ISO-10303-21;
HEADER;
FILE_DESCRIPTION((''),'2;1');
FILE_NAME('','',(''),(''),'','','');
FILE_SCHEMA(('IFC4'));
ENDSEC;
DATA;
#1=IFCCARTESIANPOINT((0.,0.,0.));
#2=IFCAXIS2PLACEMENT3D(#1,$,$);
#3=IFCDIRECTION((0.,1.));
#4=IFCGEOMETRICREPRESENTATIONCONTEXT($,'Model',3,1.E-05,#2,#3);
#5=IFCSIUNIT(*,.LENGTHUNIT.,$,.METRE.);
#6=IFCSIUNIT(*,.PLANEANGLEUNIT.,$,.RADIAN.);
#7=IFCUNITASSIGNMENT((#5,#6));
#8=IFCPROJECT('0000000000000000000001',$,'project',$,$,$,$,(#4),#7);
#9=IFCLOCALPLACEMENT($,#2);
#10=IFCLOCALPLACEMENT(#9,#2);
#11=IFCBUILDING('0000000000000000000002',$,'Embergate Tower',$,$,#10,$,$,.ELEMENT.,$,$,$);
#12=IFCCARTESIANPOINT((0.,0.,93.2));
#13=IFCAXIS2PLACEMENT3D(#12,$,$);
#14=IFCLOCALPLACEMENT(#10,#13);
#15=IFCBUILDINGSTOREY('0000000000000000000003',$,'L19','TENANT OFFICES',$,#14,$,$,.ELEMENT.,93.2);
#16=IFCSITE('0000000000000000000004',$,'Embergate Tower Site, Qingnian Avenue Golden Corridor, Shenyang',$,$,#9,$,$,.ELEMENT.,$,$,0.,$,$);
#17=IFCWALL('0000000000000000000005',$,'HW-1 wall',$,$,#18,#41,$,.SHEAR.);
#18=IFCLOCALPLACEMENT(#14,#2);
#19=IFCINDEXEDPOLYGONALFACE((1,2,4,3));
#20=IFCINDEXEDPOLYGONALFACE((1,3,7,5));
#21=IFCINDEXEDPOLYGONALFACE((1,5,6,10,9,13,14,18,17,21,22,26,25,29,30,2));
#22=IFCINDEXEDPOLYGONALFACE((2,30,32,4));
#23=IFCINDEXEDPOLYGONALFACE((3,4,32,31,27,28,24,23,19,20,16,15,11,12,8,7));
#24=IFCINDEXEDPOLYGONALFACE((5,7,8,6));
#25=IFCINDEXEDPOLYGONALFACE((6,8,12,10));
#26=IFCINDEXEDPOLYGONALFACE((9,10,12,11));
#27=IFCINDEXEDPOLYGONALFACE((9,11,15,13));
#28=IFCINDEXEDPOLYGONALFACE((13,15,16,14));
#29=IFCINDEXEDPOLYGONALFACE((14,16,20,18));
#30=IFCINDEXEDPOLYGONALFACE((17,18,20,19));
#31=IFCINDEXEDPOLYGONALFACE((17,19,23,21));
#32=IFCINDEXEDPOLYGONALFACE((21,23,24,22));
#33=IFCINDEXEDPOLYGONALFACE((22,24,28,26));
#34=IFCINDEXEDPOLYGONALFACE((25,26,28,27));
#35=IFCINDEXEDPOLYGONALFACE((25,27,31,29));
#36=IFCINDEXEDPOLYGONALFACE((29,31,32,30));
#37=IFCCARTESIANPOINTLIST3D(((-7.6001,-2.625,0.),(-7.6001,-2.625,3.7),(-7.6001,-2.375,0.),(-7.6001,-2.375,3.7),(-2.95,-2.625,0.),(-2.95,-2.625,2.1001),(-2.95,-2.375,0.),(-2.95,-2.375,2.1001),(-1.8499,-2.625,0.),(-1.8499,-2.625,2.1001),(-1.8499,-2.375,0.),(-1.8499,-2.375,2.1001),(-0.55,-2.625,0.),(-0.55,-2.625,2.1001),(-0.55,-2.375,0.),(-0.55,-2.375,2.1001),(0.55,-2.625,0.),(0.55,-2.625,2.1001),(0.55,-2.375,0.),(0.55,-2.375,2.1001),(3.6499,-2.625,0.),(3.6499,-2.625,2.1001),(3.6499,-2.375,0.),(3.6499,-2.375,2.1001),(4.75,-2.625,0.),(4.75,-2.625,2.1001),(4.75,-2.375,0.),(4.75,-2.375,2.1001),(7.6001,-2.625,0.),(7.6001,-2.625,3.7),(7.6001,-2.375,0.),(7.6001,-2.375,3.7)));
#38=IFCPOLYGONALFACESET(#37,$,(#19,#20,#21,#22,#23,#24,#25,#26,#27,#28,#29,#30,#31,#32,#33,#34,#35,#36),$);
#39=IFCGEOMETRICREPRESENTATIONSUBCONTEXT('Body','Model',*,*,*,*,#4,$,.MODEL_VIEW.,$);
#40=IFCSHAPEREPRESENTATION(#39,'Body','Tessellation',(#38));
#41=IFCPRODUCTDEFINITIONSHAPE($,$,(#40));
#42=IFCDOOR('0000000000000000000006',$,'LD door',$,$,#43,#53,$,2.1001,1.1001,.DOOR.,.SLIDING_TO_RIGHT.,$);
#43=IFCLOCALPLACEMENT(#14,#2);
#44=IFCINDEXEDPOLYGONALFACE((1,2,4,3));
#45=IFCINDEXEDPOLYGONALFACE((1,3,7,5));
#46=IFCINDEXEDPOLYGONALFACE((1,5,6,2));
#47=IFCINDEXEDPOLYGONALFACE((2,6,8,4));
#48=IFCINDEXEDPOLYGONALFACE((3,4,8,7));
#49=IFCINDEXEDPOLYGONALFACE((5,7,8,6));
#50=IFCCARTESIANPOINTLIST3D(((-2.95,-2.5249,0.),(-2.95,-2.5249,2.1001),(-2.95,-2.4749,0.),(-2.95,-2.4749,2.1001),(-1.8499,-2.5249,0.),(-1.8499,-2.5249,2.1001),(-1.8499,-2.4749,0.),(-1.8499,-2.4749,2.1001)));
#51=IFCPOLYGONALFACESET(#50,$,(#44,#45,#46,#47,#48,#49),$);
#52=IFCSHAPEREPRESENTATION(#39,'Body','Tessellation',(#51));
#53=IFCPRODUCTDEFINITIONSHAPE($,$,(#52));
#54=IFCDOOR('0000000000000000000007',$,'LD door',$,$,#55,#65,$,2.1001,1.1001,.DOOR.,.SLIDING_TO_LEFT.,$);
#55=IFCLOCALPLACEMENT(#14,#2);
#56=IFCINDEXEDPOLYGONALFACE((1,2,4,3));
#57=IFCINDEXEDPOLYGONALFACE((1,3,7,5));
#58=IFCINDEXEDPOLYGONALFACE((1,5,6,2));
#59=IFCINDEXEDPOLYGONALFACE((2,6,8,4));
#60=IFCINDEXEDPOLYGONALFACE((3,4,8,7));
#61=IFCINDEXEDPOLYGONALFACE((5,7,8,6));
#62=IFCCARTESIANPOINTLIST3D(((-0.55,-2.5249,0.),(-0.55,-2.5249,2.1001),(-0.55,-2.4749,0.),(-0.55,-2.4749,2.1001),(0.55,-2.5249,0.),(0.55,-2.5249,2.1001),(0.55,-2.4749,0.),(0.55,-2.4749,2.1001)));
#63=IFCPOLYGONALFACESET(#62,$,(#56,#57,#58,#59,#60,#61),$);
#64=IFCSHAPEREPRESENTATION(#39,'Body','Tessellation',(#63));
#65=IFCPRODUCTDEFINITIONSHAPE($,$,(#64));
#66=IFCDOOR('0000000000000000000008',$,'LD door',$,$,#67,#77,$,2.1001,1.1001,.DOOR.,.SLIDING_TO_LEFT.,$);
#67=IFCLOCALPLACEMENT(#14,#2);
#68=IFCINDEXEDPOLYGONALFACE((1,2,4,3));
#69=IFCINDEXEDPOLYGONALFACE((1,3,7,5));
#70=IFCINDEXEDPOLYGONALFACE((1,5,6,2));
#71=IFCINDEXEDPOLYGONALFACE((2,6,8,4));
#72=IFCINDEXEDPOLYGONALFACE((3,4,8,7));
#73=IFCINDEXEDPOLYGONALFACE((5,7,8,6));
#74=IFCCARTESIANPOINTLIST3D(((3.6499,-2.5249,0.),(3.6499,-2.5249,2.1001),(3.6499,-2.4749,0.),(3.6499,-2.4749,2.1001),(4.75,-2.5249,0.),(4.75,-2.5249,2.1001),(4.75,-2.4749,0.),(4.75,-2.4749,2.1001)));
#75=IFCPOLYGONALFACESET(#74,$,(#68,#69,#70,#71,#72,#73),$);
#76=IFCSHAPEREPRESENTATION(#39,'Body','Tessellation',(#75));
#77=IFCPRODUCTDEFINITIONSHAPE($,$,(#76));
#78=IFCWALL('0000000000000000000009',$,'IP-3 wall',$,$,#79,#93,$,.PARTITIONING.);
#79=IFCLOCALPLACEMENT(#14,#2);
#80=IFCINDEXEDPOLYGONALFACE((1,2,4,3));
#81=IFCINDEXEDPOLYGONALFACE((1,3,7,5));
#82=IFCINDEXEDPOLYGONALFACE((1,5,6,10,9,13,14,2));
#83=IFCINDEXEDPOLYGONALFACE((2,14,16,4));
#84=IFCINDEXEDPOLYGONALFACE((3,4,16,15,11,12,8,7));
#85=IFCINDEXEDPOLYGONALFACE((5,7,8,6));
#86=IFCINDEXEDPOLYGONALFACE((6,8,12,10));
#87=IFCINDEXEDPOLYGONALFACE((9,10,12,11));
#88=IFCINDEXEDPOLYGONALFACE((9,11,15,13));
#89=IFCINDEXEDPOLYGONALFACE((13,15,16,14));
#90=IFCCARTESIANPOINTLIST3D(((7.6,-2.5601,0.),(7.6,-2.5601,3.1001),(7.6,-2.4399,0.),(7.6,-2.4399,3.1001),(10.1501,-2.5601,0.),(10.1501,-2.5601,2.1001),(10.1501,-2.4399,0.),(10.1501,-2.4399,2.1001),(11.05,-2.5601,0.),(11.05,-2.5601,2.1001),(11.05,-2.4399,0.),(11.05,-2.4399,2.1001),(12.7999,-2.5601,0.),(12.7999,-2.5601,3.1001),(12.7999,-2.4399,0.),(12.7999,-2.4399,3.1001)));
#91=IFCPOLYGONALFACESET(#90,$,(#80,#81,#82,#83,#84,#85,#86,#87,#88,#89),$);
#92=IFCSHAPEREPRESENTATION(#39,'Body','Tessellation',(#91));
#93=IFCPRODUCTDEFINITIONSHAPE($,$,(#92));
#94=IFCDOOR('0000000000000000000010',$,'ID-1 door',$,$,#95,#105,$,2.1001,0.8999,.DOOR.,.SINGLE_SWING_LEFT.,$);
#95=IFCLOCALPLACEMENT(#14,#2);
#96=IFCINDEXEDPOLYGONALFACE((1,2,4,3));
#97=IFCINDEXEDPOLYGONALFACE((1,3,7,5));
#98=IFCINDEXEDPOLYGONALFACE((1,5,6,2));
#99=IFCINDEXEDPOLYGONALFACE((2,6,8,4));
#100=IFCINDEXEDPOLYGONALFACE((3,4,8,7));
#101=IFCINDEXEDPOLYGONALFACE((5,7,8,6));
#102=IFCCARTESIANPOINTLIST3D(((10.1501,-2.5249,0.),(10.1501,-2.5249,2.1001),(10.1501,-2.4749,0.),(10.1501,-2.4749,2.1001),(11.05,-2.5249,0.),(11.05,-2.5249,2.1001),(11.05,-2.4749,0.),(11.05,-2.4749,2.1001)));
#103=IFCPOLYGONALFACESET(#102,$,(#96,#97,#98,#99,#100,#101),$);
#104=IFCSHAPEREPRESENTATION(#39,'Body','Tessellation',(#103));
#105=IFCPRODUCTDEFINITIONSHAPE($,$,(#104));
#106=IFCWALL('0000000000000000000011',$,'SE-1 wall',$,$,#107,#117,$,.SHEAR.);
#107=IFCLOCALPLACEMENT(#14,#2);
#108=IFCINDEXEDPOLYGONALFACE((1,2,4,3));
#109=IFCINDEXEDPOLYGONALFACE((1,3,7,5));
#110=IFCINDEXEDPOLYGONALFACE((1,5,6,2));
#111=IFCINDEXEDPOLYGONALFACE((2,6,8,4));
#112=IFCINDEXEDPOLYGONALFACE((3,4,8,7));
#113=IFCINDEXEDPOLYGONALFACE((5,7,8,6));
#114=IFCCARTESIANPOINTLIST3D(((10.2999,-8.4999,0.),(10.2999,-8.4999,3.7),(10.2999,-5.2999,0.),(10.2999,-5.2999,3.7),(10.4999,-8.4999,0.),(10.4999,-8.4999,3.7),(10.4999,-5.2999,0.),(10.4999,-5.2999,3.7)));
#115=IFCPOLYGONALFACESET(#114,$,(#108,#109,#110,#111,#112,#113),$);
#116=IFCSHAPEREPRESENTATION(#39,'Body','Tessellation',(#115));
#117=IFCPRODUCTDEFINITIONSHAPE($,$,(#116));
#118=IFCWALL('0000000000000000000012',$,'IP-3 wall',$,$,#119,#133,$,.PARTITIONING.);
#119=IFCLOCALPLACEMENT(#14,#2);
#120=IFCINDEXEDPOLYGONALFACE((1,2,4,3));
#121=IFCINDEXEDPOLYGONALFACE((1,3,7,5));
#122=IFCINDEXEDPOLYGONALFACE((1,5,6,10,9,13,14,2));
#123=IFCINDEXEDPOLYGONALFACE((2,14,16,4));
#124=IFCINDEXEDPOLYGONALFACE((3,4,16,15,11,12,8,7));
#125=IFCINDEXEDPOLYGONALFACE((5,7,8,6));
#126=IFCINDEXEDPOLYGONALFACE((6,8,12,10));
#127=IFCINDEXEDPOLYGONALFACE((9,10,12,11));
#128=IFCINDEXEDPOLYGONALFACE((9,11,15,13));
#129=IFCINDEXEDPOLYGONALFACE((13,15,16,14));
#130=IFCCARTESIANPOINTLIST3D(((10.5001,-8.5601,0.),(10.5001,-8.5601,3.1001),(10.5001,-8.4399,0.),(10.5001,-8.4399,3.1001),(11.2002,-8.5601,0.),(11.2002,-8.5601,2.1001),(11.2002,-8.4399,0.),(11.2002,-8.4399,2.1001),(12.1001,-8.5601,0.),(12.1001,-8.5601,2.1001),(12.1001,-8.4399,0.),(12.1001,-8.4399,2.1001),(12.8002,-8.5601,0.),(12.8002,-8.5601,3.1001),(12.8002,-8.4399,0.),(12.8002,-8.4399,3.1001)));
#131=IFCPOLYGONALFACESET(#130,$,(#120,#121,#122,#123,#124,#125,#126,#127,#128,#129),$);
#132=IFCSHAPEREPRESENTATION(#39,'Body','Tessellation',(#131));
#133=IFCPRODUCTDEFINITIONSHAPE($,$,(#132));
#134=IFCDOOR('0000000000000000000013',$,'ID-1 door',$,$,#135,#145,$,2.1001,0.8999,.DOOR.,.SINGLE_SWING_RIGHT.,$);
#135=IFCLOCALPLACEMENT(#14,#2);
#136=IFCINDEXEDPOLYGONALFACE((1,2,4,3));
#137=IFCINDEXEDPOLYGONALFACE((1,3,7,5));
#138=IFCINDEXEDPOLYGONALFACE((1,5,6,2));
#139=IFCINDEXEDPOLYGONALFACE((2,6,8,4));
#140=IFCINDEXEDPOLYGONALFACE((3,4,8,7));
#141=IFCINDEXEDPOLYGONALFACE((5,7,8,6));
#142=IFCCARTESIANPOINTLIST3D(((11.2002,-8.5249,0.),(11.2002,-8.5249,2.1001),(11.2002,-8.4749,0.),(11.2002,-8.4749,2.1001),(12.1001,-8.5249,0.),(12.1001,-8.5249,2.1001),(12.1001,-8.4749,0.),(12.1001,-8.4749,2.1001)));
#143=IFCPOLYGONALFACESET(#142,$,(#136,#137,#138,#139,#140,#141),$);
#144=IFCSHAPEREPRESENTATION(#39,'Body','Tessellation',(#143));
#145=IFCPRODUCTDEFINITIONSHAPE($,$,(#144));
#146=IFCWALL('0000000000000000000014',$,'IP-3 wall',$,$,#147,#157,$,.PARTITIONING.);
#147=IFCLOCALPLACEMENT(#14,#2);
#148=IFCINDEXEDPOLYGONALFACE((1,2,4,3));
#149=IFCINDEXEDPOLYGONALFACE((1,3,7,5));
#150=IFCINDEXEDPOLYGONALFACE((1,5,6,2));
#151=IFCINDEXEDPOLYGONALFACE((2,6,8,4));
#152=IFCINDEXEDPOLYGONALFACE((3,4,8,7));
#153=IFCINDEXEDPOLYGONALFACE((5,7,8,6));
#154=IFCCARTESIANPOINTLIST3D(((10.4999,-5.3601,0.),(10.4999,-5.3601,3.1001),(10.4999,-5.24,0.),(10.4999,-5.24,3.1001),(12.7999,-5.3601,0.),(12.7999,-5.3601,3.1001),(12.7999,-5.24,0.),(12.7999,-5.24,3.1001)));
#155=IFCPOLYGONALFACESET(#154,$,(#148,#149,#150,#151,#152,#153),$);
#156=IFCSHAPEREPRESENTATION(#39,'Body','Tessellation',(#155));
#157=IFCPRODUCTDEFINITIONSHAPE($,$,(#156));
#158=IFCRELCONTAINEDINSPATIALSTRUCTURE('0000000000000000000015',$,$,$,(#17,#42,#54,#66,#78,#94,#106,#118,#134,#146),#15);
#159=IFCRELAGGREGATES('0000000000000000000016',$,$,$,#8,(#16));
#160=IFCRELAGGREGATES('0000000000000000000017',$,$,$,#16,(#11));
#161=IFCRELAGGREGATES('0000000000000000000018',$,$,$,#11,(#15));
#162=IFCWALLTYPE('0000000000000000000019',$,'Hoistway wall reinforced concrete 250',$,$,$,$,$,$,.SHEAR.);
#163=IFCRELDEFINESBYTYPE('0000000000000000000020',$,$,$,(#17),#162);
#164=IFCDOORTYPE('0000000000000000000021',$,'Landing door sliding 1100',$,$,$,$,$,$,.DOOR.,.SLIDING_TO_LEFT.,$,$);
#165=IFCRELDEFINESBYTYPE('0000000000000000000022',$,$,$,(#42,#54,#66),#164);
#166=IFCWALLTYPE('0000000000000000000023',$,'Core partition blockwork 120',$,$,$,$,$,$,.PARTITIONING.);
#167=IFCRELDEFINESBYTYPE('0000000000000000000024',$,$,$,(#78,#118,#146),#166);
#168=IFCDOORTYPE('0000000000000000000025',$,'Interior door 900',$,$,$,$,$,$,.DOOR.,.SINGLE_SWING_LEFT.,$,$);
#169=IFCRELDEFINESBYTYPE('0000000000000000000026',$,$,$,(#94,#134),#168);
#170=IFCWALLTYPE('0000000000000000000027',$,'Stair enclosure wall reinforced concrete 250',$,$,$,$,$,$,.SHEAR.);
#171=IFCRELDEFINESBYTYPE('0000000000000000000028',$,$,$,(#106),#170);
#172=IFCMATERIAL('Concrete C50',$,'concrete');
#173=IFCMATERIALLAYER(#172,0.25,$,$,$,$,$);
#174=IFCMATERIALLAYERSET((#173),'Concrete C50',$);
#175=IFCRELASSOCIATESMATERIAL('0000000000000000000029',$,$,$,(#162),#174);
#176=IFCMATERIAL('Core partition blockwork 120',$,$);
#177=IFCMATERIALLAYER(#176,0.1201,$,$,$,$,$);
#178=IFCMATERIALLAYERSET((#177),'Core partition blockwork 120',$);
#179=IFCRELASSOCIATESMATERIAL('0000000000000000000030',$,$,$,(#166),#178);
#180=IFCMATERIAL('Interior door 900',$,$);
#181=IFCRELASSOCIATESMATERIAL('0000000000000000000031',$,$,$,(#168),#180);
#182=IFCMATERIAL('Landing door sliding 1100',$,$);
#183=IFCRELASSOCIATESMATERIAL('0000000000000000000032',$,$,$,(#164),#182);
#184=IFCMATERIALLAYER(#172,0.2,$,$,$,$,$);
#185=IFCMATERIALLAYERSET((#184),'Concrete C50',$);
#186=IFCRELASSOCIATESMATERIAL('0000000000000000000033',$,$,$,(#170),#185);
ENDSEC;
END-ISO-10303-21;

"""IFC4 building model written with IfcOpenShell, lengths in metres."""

from ifc_helpers import new_model, si_unit, direction, frame, frame_2d, origin, place, context, subcontext, project, spatial, rectangle, extrude, source, transform, mapped, material, layer, layer_set, type_object, element, fill, save


model = new_model("IFC4")

# Units and contexts
model_context = context("Model", 3, precision=1e-05, world=origin(), true_north=direction((0.0, 1.0)))
body_context = subcontext(model_context, "Body", "Model", "MODEL_VIEW")
ifc_project = project(units=[si_unit("LENGTHUNIT", "METRE"), si_unit("PLANEANGLEUNIT", "RADIAN")], contexts=[model_context])

# Site, building, storey
site_placement = place(None, origin())
site = spatial("IfcSite", under=ifc_project, at=site_placement, Name="Embergate Tower Site, Qingnian Avenue Golden Corridor, Shenyang", CompositionType="ELEMENT", RefElevation=0.0)
building_placement = place(site_placement, origin())
building = spatial("IfcBuilding", under=site, at=building_placement, Name="Embergate Tower", CompositionType="ELEMENT")
storey_placement = place(building_placement, frame((0.0, 0.0, 93.2)))
storey = spatial("IfcBuildingStorey", under=building, at=storey_placement, Name="L19", Description="TENANT OFFICES", CompositionType="ELEMENT", Elevation=93.2)

# Shared definitions
ifc_material_1 = material(Name="Concrete C50", Category="concrete")
ifc_layer_1 = layer(ifc_material_1, 0.25)
ifc_layer_set_1 = layer_set([ifc_layer_1], Name="Concrete C50")
wall_type_1 = type_object("IfcWallType", Name="Hoistway wall reinforced concrete 250", PredefinedType="SHEAR", material=ifc_layer_set_1)

# Shared definitions
ifc_material_2 = material(Name="Core partition blockwork 120")
ifc_layer_2 = layer(ifc_material_2, 0.1201)
ifc_layer_set_2 = layer_set([ifc_layer_2], Name="Core partition blockwork 120")
wall_type_2 = type_object("IfcWallType", Name="Core partition blockwork 120", PredefinedType="PARTITIONING", material=ifc_layer_set_2)
shared_shape_1 = source(origin(), body_context, "Body", "SweptSolid", [
    extrude(rectangle(XDim=0.8999, YDim=2.1001, at=frame_2d((0.45, 1.05))), frame((0.0, 0.0701, 0.0), z_axis=(0.0, -1.0, 0.0), x_axis=(1.0, 0.0, 0.0)), (0.0, 0.0, 1.0), 0.1401),
])
ifc_material_3 = material(Name="Interior door 900")
door_type_1 = type_object("IfcDoorType", Name="Interior door 900", OperationType="SINGLE_SWING_LEFT", PredefinedType="DOOR", material=ifc_material_3)
shared_shape_2 = source(origin(), body_context, "Body", "SweptSolid", [
    extrude(rectangle(XDim=0.8999, YDim=2.1001, at=frame_2d((0.45, 1.05))), frame((0.0, 0.0249, 0.0), z_axis=(0.0, -1.0, 0.0), x_axis=(1.0, 0.0, 0.0)), (0.0, 0.0, 1.0), 0.05),
])

# Wall, openings, doors
shared_shape_3 = source(origin(), body_context, "Body", "SweptSolid", [
    extrude(rectangle(XDim=15.2002, YDim=0.25, at=frame_2d((7.6001, 0.0))), origin(), (0.0, 0.0, 1.0), 3.7),
])
wall_1_placement = place(storey_placement, frame((7.6001, -2.5, 0.0), z_axis=(0.0, 0.0, 1.0), x_axis=(-1.0, 0.0, 0.0)))
wall_1 = element("IfcWall", 1, at=wall_1_placement, inside=storey, type_object=wall_type_1, Name="HW-1 wall", PredefinedType="SHEAR", context=body_context, shape_type="MappedRepresentation", body=[
    mapped(shared_shape_3, transform((0.0, 0.0, 0.0))),
])
shared_shape_4 = source(origin(), body_context, "Body", "SweptSolid", [
    extrude(rectangle(XDim=1.1001, YDim=2.1001, at=frame_2d((0.55, 1.05))), frame((0.0, 0.135, 0.0), z_axis=(0.0, -1.0, 0.0), x_axis=(1.0, 0.0, 0.0)), (0.0, 0.0, 1.0), 0.27),
])
opening_1_placement = place(wall_1_placement, frame((9.45, 0.0, 0.0)))
opening_1 = element("IfcOpeningElement", 2, at=opening_1_placement, cuts=wall_1, PredefinedType="OPENING", context=body_context, shape_type="MappedRepresentation", body=[
    mapped(shared_shape_4, transform((0.0, 0.0, 0.0))),
])
opening_2_placement = place(wall_1_placement, frame((7.05, 0.0, 0.0)))
opening_2 = element("IfcOpeningElement", 3, at=opening_2_placement, cuts=wall_1, PredefinedType="OPENING", context=body_context, shape_type="MappedRepresentation", body=[
    mapped(shared_shape_4, transform((0.0, 0.0, 0.0))),
])
opening_3_placement = place(wall_1_placement, frame((2.8501, 0.0, 0.0)))
opening_3 = element("IfcOpeningElement", 4, at=opening_3_placement, cuts=wall_1, PredefinedType="OPENING", context=body_context, shape_type="MappedRepresentation", body=[
    mapped(shared_shape_4, transform((0.0, 0.0, 0.0))),
])
ifc_material_4 = material(Name="Landing door sliding 1100")
door_type_2 = type_object("IfcDoorType", Name="Landing door sliding 1100", OperationType="SLIDING_TO_LEFT", PredefinedType="DOOR", material=ifc_material_4)
shared_shape_5 = source(origin(), body_context, "Body", "SweptSolid", [
    extrude(rectangle(XDim=1.1001, YDim=2.1001, at=frame_2d((0.55, 1.05))), frame((0.0, 0.0249, 0.0), z_axis=(0.0, -1.0, 0.0), x_axis=(1.0, 0.0, 0.0)), (0.0, 0.0, 1.0), 0.05),
])
door_1_placement = place(opening_1_placement, origin())
door_1 = element("IfcDoor", 5, at=door_1_placement, inside=storey, type_object=door_type_2, Name="LD door", OperationType="SLIDING_TO_RIGHT", OverallHeight=2.1001, OverallWidth=1.1001, PredefinedType="DOOR", context=body_context, shape_type="MappedRepresentation", body=[
    mapped(shared_shape_5, transform((0.0, 0.0, 0.0))),
])
fill(opening_1, door_1)
door_2_placement = place(opening_2_placement, origin())
door_2 = element("IfcDoor", 6, at=door_2_placement, inside=storey, type_object=door_type_2, Name="LD door", OperationType="SLIDING_TO_LEFT", OverallHeight=2.1001, OverallWidth=1.1001, PredefinedType="DOOR", context=body_context, shape_type="MappedRepresentation", body=[
    mapped(shared_shape_5, transform((0.0, 0.0, 0.0))),
])
fill(opening_2, door_2)
door_3_placement = place(opening_3_placement, origin())
door_3 = element("IfcDoor", 7, at=door_3_placement, inside=storey, type_object=door_type_2, Name="LD door", OperationType="SLIDING_TO_LEFT", OverallHeight=2.1001, OverallWidth=1.1001, PredefinedType="DOOR", context=body_context, shape_type="MappedRepresentation", body=[
    mapped(shared_shape_5, transform((0.0, 0.0, 0.0))),
])
fill(opening_3, door_3)

# Wall, opening, door
shared_shape_6 = source(origin(), body_context, "Body", "SweptSolid", [
    extrude(rectangle(XDim=5.2, YDim=0.1201, at=frame_2d((2.6001, 0.0))), origin(), (0.0, 0.0, 1.0), 3.1001),
])
wall_2_placement = place(storey_placement, frame((12.8, -2.5, 0.0), z_axis=(0.0, 0.0, 1.0), x_axis=(-1.0, 0.0, 0.0)))
wall_2 = element("IfcWall", 8, at=wall_2_placement, inside=storey, type_object=wall_type_2, Name="IP-3 wall", PredefinedType="PARTITIONING", context=body_context, shape_type="MappedRepresentation", body=[
    mapped(shared_shape_6, transform((0.0, 0.0, 0.0))),
])
opening_4_placement = place(wall_2_placement, frame((1.75, 0.0, 0.0)))
opening_4 = element("IfcOpeningElement", 9, at=opening_4_placement, cuts=wall_2, PredefinedType="OPENING", context=body_context, shape_type="MappedRepresentation", body=[
    mapped(shared_shape_1, transform((0.0, 0.0, 0.0))),
])
door_4_placement = place(opening_4_placement, origin())
door_4 = element("IfcDoor", 10, at=door_4_placement, inside=storey, type_object=door_type_1, Name="ID-1 door", OperationType="SINGLE_SWING_LEFT", OverallHeight=2.1001, OverallWidth=0.8999, PredefinedType="DOOR", context=body_context, shape_type="MappedRepresentation", body=[
    mapped(shared_shape_2, transform((0.0, 0.0, 0.0))),
])
fill(opening_4, door_4)

# Wall
ifc_layer_3 = layer(ifc_material_1, 0.2)
ifc_layer_set_3 = layer_set([ifc_layer_3], Name="Concrete C50")
wall_type_3 = type_object("IfcWallType", Name="Stair enclosure wall reinforced concrete 250", PredefinedType="SHEAR", material=ifc_layer_set_3)
shared_shape_7 = source(origin(), body_context, "Body", "SweptSolid", [
    extrude(rectangle(XDim=3.2, YDim=0.2, at=frame_2d((1.6001, 0.0))), origin(), (0.0, 0.0, 1.0), 3.7),
])
wall_3_placement = place(storey_placement, frame((10.3999, -8.5, 0.0), z_axis=(0.0, 0.0, 1.0), x_axis=(0.0, 1.0, 0.0)))
element("IfcWall", 11, at=wall_3_placement, inside=storey, type_object=wall_type_3, Name="SE-1 wall", PredefinedType="SHEAR", context=body_context, shape_type="MappedRepresentation", body=[
    mapped(shared_shape_7, transform((0.0, 0.0, 0.0))),
])

# Wall, opening, door
shared_shape_8 = source(origin(), body_context, "Body", "SweptSolid", [
    extrude(rectangle(XDim=2.3, YDim=0.1201, at=frame_2d((1.1499, 0.0))), origin(), (0.0, 0.0, 1.0), 3.1001),
])
wall_4_placement = place(storey_placement, frame((12.8, -8.5, 0.0), z_axis=(0.0, 0.0, 1.0), x_axis=(-1.0, 0.0, 0.0)))
wall_4 = element("IfcWall", 12, at=wall_4_placement, inside=storey, type_object=wall_type_2, Name="IP-3 wall", PredefinedType="PARTITIONING", context=body_context, shape_type="MappedRepresentation", body=[
    mapped(shared_shape_8, transform((0.0, 0.0, 0.0))),
])
opening_5_placement = place(wall_4_placement, frame((0.7, 0.0, 0.0)))
opening_5 = element("IfcOpeningElement", 13, at=opening_5_placement, cuts=wall_4, PredefinedType="OPENING", context=body_context, shape_type="MappedRepresentation", body=[
    mapped(shared_shape_1, transform((0.0, 0.0, 0.0))),
])
door_5_placement = place(opening_5_placement, origin())
door_5 = element("IfcDoor", 14, at=door_5_placement, inside=storey, type_object=door_type_1, Name="ID-1 door", OperationType="SINGLE_SWING_RIGHT", OverallHeight=2.1001, OverallWidth=0.8999, PredefinedType="DOOR", context=body_context, shape_type="MappedRepresentation", body=[
    mapped(shared_shape_2, transform((0.0, 0.0, 0.0))),
])
fill(opening_5, door_5)

# Wall
wall_5_placement = place(storey_placement, frame((10.5, -5.3, 0.0), z_axis=(0.0, 0.0, 1.0), x_axis=(1.0, 0.0, 0.0)))
element("IfcWall", 15, at=wall_5_placement, inside=storey, type_object=wall_type_2, Name="IP-3 wall", PredefinedType="PARTITIONING", context=body_context, shape_type="MappedRepresentation", body=[
    mapped(shared_shape_8, transform((0.0, 0.0, 0.0))),
])

save(model, "model.ifc")
